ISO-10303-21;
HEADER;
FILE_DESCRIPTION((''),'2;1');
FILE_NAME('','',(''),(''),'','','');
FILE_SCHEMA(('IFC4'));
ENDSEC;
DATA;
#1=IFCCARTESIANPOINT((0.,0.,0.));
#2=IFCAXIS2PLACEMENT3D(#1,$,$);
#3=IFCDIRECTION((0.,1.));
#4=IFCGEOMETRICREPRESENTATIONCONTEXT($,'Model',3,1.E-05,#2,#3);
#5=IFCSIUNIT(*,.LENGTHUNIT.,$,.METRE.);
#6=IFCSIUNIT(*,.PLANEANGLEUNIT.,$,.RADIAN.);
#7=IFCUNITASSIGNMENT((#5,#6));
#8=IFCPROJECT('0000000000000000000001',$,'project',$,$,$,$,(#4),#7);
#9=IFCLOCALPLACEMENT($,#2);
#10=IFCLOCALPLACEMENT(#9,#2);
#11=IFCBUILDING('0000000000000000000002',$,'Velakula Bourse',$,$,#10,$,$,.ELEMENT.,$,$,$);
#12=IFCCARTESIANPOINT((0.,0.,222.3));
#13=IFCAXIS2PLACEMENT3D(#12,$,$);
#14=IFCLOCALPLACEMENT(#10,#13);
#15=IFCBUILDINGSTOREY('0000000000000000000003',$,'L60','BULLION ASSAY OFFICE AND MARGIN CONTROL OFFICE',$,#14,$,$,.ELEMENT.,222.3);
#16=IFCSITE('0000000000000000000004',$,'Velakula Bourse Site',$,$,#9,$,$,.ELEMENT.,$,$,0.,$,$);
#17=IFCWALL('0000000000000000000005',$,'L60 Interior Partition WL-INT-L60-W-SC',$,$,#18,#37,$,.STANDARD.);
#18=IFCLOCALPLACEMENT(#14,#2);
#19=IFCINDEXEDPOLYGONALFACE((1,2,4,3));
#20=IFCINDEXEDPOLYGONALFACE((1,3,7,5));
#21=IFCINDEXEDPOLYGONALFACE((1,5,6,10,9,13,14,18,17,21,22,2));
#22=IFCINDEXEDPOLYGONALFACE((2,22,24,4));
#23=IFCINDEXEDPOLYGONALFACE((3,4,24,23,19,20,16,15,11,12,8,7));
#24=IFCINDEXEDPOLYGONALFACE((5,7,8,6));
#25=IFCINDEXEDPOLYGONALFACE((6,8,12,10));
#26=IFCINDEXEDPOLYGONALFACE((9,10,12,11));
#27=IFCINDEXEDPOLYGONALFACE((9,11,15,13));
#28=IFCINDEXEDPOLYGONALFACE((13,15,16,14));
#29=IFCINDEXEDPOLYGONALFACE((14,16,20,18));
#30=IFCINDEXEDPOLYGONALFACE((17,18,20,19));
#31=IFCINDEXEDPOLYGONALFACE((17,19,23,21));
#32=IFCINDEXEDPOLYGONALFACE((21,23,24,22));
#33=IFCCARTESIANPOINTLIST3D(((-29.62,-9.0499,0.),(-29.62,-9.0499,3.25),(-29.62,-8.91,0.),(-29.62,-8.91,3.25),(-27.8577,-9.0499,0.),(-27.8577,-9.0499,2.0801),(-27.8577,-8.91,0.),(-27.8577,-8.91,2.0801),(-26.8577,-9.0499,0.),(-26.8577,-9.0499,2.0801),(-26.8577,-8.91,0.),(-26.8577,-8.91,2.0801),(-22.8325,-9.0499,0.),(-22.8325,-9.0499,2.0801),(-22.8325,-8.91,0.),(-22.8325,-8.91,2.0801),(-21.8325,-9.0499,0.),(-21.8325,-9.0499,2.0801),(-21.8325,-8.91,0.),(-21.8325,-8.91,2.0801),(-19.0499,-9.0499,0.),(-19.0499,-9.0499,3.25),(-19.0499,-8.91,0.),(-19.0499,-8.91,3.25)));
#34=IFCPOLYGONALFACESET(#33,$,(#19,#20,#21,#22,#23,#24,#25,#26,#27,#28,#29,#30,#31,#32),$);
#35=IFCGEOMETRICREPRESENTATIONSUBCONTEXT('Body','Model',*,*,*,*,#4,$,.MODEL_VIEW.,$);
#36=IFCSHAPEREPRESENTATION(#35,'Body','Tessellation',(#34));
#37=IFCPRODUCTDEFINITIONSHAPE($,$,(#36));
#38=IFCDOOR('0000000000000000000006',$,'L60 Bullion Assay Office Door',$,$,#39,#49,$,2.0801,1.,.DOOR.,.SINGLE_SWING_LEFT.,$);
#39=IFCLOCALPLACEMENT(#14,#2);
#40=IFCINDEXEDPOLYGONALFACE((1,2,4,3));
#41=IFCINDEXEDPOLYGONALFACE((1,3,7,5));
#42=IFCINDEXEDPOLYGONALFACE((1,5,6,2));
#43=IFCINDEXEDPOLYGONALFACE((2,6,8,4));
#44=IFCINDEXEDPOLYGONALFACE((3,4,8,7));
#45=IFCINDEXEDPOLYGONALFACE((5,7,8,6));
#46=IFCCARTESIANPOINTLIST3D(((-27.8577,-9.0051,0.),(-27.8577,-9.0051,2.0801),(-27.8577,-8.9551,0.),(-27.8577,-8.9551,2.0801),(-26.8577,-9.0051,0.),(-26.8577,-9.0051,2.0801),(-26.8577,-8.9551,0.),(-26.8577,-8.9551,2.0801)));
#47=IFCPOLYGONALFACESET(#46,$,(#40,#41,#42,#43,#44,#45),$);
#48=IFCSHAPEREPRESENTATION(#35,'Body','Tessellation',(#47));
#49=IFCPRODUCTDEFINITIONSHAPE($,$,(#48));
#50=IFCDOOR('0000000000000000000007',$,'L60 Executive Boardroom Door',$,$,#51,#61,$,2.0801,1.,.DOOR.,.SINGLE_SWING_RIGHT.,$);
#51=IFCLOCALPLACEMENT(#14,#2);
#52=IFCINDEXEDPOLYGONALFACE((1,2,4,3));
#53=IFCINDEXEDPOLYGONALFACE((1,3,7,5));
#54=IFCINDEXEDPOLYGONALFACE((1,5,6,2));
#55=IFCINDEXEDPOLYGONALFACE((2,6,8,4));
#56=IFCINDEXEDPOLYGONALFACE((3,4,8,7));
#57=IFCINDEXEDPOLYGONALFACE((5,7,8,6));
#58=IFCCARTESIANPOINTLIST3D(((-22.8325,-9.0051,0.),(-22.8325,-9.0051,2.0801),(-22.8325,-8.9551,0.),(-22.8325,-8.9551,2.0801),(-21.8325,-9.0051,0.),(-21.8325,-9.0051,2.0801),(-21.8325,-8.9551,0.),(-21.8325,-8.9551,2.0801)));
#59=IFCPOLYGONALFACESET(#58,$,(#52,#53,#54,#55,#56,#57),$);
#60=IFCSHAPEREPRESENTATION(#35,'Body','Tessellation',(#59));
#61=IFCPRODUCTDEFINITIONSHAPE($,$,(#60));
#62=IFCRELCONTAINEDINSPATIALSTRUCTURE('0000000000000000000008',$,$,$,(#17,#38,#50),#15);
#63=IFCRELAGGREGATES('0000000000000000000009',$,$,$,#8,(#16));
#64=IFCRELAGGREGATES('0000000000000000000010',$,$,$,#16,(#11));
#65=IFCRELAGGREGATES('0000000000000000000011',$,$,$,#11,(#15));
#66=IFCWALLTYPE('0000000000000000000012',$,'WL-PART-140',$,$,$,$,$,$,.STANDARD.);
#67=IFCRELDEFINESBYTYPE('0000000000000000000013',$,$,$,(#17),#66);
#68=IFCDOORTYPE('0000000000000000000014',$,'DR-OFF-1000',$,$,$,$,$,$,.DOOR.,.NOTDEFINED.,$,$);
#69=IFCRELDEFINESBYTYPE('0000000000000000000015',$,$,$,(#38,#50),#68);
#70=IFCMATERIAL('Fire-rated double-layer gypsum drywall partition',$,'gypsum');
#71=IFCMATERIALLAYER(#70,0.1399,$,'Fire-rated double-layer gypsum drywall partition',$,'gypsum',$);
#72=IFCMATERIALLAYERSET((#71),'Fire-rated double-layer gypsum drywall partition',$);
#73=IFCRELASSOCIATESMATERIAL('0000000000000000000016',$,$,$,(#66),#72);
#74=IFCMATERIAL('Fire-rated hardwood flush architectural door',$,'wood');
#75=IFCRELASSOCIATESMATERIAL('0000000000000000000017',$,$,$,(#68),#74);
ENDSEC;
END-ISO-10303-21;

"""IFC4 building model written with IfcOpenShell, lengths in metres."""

from ifc_helpers import new_model, si_unit, direction, frame, frame_2d, origin, place, context, subcontext, project, spatial, rectangle, extrude, material, layer, layer_set, type_object, element, fill, save


model = new_model("IFC4")

# Units and contexts
model_context = context("Model", 3, precision=1e-05, world=origin(), true_north=direction((0.0, 1.0)))
body_context = subcontext(model_context, "Body", "Model", "MODEL_VIEW")
ifc_project = project(units=[si_unit("LENGTHUNIT", "METRE"), si_unit("PLANEANGLEUNIT", "RADIAN")], contexts=[model_context])

# Site, building, storey
site_placement = place(None, origin())
site = spatial("IfcSite", under=ifc_project, at=site_placement, Name="Velakula Bourse Site", CompositionType="ELEMENT", RefElevation=0.0)
building_placement = place(site_placement, origin())
building = spatial("IfcBuilding", under=site, at=building_placement, Name="Velakula Bourse", CompositionType="ELEMENT")
storey_placement = place(building_placement, frame((0.0, 0.0, 222.3)))
storey = spatial("IfcBuildingStorey", under=building, at=storey_placement, Name="L60", Description="BULLION ASSAY OFFICE AND MARGIN CONTROL OFFICE", CompositionType="ELEMENT", Elevation=222.3)

# Shared definitions
ifc_material_1 = material(Name="Fire-rated double-layer gypsum drywall partition", Category="gypsum")

# Wall, openings, doors
ifc_layer_1 = layer(ifc_material_1, 0.1399, Name="Fire-rated double-layer gypsum drywall partition", Category="gypsum")
ifc_layer_set_1 = layer_set([ifc_layer_1], Name="Fire-rated double-layer gypsum drywall partition")
wall_type_1 = type_object("IfcWallType", Name="WL-PART-140", PredefinedType="STANDARD", material=ifc_layer_set_1)
ifc_material_2 = material(Name="Fire-rated hardwood flush architectural door", Category="wood")
door_type_1 = type_object("IfcDoorType", Name="DR-OFF-1000", OperationType="NOTDEFINED", PredefinedType="DOOR", material=ifc_material_2)
wall_1_placement = place(storey_placement, frame((-29.6201, -8.98, 0.0), z_axis=(0.0, 0.0, 1.0), x_axis=(1.0, 0.0, 0.0)))
wall_1 = element("IfcWall", 1, at=wall_1_placement, inside=storey, type_object=wall_type_1, Name="L60 Interior Partition WL-INT-L60-W-SC", PredefinedType="STANDARD", context=body_context, shape_type="SweptSolid", body=[
    extrude(rectangle(XDim=10.5701, YDim=0.1399, at=frame_2d((5.2852, 0.0))), origin(), (0.0, 0.0, 1.0), 3.25),
])
opening_1_placement = place(wall_1_placement, frame((1.7625, 0.0, 0.0)))
opening_1 = element("IfcOpeningElement", 2, at=opening_1_placement, cuts=wall_1, PredefinedType="OPENING", context=body_context, shape_type="SweptSolid", body=[
    extrude(rectangle(XDim=1.0, YDim=2.0801, at=frame_2d((0.5, 1.04))), frame((0.0, 0.0798, 0.0), z_axis=(0.0, -1.0, 0.0), x_axis=(1.0, 0.0, 0.0)), (0.0, 0.0, 1.0), 0.1599),
])
opening_2_placement = place(wall_1_placement, frame((6.7876, 0.0, 0.0)))
opening_2 = element("IfcOpeningElement", 3, at=opening_2_placement, cuts=wall_1, PredefinedType="OPENING", context=body_context, shape_type="SweptSolid", body=[
    extrude(rectangle(XDim=1.0, YDim=2.0801, at=frame_2d((0.5, 1.04))), frame((0.0, 0.0798, 0.0), z_axis=(0.0, -1.0, 0.0), x_axis=(1.0, 0.0, 0.0)), (0.0, 0.0, 1.0), 0.1599),
])
door_1_placement = place(opening_1_placement, origin())
door_1 = element("IfcDoor", 4, at=door_1_placement, inside=storey, type_object=door_type_1, Name="L60 Bullion Assay Office Door", OperationType="SINGLE_SWING_LEFT", OverallHeight=2.0801, OverallWidth=1.0, PredefinedType="DOOR", context=body_context, shape_type="SweptSolid", body=[
    extrude(rectangle(XDim=1.0, YDim=2.0801, at=frame_2d((0.5, 1.04))), frame((0.0, 0.0249, 0.0), z_axis=(0.0, -1.0, 0.0), x_axis=(1.0, 0.0, 0.0)), (0.0, 0.0, 1.0), 0.05),
])
fill(opening_1, door_1)
door_2_placement = place(opening_2_placement, origin())
door_2 = element("IfcDoor", 5, at=door_2_placement, inside=storey, type_object=door_type_1, Name="L60 Executive Boardroom Door", OperationType="SINGLE_SWING_RIGHT", OverallHeight=2.0801, OverallWidth=1.0, PredefinedType="DOOR", context=body_context, shape_type="SweptSolid", body=[
    extrude(rectangle(XDim=1.0, YDim=2.0801, at=frame_2d((0.5, 1.04))), frame((0.0, 0.0249, 0.0), z_axis=(0.0, -1.0, 0.0), x_axis=(1.0, 0.0, 0.0)), (0.0, 0.0, 1.0), 0.05),
])
fill(opening_2, door_2)

save(model, "model.ifc")
